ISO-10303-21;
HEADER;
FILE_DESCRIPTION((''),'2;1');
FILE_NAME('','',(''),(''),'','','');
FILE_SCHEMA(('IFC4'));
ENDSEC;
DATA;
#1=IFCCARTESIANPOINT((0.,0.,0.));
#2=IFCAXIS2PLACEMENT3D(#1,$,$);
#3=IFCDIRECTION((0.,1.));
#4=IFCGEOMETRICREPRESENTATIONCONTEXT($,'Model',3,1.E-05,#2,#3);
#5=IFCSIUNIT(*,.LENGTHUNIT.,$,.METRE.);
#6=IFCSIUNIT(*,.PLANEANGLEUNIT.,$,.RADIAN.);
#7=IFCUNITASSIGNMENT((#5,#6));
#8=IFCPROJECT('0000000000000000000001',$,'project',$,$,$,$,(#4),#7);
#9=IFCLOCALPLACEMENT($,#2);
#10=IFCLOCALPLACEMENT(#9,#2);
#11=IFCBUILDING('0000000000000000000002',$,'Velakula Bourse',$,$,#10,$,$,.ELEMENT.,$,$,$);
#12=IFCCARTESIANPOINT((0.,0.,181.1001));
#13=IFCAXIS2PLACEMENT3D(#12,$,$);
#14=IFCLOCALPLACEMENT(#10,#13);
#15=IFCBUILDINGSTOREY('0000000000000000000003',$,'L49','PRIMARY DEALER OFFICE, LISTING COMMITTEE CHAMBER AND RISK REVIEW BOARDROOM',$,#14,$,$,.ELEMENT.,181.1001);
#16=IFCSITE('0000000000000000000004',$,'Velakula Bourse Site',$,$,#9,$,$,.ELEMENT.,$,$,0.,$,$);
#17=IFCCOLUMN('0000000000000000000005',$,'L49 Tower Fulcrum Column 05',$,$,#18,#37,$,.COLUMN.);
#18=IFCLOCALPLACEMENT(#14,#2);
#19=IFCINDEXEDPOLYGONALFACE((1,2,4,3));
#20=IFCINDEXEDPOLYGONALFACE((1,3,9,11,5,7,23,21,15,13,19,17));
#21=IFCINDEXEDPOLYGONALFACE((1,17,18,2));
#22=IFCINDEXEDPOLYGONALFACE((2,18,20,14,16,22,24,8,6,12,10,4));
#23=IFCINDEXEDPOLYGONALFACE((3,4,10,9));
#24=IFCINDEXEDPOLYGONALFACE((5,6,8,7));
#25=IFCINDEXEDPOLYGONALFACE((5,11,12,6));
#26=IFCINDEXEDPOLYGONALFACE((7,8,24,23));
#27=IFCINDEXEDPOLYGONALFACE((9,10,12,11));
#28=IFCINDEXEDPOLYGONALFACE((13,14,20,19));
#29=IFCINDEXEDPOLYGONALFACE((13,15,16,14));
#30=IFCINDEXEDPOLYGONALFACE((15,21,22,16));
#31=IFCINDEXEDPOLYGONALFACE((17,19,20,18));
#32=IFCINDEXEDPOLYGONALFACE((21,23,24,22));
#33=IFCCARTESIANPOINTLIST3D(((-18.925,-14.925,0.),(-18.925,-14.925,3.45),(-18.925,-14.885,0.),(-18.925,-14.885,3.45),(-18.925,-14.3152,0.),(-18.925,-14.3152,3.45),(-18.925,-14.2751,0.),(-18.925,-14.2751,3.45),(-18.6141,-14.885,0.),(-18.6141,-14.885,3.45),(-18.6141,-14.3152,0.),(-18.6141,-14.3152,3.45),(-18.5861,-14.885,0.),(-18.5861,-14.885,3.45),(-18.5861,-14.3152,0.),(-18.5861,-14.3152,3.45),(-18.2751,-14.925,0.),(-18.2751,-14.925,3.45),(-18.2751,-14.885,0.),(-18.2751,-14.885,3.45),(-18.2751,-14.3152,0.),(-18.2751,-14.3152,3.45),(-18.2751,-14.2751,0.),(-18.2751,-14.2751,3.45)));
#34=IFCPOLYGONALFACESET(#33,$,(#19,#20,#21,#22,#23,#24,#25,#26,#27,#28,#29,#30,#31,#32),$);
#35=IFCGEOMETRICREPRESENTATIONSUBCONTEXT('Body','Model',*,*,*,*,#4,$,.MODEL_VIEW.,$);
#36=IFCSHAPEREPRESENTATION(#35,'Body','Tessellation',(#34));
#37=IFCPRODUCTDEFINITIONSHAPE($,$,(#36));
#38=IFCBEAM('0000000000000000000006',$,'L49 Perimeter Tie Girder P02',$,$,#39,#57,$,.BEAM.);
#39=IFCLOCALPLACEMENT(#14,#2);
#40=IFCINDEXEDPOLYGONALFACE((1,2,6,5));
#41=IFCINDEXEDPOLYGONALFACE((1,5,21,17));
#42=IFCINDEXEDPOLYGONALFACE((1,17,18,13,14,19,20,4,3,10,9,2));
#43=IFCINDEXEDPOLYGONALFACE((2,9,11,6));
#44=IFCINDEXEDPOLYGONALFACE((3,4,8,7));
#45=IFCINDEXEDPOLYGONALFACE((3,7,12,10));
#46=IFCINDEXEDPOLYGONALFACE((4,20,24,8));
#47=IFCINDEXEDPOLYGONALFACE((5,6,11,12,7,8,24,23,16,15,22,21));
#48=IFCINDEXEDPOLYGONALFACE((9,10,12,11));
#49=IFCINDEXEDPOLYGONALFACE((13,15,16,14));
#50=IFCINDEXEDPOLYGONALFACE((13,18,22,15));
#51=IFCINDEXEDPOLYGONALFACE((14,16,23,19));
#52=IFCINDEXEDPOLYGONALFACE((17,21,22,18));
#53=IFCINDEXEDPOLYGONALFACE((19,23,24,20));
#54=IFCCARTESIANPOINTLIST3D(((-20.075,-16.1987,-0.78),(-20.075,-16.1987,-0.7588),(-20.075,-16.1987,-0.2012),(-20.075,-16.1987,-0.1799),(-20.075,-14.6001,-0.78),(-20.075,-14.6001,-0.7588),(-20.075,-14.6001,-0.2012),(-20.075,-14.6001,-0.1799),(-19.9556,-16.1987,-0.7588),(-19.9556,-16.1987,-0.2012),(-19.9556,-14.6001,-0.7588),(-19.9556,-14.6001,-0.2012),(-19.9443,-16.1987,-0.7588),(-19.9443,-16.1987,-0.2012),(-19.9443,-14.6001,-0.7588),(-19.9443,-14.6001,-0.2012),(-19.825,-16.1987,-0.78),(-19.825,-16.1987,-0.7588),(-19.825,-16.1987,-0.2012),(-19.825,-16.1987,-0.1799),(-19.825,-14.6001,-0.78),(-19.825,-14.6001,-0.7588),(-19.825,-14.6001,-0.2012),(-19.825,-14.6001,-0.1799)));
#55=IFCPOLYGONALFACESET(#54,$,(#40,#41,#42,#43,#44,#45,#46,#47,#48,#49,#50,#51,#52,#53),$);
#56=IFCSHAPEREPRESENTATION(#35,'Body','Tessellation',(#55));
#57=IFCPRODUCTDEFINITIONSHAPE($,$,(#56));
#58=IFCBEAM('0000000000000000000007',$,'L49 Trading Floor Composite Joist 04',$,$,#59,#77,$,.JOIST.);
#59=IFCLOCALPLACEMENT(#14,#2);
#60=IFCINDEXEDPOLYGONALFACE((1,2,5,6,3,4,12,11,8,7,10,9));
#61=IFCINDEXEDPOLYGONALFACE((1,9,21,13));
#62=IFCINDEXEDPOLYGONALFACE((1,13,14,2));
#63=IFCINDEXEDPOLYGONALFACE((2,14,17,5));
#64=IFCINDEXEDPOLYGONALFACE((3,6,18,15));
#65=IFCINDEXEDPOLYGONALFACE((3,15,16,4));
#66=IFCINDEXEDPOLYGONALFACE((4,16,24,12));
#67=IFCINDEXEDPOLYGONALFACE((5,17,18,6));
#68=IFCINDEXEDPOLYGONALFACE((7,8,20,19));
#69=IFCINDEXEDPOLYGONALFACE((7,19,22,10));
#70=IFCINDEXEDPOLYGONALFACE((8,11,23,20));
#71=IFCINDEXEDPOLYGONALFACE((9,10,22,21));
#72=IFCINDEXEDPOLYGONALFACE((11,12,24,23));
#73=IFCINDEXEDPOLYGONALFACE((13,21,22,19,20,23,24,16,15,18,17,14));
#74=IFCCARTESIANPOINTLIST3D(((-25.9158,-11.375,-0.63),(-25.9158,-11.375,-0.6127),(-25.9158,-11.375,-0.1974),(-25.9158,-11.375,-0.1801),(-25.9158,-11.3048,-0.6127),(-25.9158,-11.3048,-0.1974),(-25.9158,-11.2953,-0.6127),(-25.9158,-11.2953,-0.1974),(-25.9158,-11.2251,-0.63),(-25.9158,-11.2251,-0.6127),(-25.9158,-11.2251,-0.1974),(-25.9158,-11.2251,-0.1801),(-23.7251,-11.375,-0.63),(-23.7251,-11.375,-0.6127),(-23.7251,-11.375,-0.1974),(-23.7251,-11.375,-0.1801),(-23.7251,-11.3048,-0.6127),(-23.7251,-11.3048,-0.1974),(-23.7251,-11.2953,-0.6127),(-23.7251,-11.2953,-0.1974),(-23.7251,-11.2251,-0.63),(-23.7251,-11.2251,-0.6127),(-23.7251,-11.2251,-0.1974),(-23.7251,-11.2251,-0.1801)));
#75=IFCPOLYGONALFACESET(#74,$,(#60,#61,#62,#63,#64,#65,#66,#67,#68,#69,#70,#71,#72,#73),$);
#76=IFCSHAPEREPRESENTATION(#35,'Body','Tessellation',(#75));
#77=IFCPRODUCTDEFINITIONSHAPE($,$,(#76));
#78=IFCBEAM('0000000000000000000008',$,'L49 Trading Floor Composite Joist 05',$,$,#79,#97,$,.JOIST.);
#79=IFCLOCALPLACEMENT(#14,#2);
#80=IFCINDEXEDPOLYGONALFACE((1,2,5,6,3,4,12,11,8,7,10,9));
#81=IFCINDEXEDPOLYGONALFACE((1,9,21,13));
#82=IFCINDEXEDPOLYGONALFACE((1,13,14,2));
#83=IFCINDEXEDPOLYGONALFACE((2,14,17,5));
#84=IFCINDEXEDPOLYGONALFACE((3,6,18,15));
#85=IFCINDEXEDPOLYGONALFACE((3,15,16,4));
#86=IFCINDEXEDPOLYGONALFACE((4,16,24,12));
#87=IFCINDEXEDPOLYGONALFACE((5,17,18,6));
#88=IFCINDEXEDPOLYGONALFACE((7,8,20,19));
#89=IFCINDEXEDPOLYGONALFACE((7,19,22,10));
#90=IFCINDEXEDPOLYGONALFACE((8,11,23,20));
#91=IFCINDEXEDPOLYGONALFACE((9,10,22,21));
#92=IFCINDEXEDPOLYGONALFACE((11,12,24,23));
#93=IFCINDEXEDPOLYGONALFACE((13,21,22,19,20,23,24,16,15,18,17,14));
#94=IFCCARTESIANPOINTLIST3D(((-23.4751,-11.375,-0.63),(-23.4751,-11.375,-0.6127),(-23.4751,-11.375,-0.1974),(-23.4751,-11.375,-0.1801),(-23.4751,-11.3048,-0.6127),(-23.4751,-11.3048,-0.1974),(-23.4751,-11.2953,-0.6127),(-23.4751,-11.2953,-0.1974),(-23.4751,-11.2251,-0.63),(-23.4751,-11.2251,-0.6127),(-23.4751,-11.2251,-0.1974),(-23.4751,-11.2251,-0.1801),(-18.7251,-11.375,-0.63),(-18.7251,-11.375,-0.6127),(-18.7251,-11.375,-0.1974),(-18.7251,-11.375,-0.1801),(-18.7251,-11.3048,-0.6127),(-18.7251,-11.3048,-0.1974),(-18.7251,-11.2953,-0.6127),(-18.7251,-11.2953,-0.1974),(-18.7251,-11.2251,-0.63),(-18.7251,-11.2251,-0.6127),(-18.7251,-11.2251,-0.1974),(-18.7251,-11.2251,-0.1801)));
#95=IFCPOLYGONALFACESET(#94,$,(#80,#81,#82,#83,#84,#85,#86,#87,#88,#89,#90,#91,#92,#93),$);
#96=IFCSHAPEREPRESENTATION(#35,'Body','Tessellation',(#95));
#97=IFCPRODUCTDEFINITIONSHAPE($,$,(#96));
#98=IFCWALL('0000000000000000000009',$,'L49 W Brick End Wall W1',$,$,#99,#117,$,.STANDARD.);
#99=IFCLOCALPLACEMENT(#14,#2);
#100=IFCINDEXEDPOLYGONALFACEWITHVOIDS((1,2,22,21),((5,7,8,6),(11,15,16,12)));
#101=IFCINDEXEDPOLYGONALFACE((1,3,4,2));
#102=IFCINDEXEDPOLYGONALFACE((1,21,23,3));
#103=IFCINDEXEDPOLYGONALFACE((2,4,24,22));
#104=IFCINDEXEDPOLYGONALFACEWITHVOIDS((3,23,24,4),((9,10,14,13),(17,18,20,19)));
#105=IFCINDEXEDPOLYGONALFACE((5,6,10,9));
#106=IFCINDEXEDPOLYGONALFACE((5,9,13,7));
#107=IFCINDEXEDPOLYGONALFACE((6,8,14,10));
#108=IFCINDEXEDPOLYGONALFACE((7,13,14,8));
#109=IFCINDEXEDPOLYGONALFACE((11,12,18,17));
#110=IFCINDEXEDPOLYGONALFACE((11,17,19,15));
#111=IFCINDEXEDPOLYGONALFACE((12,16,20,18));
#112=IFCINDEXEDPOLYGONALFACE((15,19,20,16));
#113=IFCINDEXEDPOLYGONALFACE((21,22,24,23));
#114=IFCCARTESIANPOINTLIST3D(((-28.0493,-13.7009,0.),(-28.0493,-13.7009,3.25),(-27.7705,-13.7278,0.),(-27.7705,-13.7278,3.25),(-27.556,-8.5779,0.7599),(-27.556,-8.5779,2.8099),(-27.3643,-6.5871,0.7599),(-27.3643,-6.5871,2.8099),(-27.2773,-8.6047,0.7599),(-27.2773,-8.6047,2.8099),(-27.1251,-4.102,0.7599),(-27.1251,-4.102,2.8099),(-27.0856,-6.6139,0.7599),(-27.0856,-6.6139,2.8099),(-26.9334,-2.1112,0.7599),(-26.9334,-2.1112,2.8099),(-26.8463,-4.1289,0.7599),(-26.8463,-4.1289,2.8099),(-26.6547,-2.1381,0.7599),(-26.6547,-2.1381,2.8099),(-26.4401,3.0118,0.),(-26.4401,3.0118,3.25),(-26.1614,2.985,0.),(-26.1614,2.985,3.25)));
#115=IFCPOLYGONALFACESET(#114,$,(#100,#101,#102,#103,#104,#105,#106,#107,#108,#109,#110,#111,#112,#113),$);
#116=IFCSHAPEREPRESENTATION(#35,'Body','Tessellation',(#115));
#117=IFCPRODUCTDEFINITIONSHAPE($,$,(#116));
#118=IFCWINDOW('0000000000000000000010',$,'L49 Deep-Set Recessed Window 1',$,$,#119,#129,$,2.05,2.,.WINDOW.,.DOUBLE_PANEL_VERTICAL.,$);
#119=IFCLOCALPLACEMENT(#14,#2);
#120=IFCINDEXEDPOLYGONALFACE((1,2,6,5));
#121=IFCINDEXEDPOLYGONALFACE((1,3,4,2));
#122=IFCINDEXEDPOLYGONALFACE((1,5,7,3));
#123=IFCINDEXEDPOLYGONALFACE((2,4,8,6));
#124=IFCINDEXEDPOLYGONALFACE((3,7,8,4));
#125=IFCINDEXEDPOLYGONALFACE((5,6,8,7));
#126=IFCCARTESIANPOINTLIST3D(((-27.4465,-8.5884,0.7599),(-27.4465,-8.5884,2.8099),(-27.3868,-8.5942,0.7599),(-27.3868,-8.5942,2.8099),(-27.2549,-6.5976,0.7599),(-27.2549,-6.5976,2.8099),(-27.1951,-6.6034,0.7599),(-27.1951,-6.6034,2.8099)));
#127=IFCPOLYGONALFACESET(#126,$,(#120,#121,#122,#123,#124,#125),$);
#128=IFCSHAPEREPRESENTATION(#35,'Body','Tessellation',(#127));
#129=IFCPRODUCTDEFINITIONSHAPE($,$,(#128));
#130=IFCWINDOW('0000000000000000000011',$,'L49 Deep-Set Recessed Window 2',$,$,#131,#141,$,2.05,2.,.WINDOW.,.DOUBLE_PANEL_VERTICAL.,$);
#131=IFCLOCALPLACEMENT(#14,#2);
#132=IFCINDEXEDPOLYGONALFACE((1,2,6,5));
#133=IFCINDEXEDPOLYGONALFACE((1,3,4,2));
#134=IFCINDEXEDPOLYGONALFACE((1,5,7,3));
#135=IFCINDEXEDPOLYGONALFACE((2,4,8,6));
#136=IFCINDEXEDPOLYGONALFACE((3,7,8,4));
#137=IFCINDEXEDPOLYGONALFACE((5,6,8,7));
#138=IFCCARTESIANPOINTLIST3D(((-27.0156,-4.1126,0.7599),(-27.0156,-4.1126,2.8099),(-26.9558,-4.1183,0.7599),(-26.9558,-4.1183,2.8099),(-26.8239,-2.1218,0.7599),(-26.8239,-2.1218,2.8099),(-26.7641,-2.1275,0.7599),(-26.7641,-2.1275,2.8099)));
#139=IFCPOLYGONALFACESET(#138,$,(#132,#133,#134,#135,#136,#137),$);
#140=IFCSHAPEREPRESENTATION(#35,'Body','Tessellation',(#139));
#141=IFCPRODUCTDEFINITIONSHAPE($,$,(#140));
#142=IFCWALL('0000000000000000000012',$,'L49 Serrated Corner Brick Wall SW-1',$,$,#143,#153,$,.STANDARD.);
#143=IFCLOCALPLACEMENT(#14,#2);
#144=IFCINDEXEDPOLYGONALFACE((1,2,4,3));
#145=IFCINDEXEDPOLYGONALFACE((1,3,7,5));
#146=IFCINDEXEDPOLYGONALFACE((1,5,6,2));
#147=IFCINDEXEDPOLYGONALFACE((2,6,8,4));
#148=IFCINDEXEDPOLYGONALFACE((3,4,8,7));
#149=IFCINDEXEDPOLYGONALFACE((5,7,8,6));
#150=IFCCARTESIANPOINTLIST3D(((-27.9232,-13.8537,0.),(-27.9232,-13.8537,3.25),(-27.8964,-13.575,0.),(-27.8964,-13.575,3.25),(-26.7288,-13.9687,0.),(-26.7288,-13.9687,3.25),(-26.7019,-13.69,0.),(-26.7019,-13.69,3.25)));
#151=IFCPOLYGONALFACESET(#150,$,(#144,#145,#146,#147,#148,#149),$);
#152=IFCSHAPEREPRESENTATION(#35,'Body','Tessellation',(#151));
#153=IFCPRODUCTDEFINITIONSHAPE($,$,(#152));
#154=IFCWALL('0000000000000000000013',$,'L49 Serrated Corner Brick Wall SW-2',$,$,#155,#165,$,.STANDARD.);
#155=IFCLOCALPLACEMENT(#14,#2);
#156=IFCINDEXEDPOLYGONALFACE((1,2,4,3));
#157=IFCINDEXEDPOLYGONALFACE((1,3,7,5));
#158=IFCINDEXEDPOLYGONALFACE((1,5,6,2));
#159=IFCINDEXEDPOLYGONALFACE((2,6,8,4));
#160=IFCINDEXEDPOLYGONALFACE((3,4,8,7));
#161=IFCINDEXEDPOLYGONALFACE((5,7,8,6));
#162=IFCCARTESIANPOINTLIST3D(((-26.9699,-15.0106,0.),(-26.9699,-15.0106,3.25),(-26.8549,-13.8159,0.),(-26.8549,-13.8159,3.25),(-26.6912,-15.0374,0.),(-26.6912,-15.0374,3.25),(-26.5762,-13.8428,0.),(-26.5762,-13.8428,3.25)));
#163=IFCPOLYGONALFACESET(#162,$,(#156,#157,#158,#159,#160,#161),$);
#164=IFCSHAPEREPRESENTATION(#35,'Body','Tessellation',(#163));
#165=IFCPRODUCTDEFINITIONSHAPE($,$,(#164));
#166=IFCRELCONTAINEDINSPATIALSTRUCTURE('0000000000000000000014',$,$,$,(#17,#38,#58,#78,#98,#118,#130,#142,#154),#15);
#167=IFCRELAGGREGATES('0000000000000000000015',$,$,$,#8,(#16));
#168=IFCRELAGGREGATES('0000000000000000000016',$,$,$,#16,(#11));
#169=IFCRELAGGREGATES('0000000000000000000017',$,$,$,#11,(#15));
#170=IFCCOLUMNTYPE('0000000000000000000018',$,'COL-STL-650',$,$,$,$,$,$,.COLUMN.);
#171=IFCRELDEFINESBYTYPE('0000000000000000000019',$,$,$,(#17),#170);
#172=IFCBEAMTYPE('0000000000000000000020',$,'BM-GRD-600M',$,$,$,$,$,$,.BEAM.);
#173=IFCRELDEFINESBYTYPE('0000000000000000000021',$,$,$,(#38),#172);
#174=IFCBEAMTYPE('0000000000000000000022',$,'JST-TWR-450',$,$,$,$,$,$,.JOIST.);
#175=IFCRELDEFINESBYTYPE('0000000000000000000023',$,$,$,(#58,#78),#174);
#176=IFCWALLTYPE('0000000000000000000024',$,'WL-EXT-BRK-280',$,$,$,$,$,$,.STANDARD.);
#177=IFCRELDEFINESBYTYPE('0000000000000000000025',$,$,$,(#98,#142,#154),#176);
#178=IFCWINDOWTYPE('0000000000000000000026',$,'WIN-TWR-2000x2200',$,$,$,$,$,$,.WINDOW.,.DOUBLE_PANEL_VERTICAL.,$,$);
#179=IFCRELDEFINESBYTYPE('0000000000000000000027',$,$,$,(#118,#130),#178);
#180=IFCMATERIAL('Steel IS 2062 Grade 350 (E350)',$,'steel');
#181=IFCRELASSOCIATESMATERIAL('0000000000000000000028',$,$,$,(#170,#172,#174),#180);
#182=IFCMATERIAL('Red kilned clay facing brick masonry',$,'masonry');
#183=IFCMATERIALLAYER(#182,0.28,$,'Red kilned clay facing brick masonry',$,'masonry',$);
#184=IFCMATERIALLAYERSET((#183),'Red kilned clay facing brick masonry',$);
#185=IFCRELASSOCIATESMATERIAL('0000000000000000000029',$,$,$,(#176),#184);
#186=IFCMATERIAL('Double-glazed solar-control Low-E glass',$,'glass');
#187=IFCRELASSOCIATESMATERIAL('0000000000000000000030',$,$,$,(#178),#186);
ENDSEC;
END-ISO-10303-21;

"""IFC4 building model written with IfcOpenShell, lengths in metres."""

from ifc_helpers import new_model, si_unit, direction, frame, frame_2d, origin, origin_2d, place, context, subcontext, project, spatial, rectangle, i_section, extrude, material, layer, layer_set, material_profile, profile_set, type_object, element, fill, save


model = new_model("IFC4")

# Units and contexts
model_context = context("Model", 3, precision=1e-05, world=origin(), true_north=direction((0.0, 1.0)))
body_context = subcontext(model_context, "Body", "Model", "MODEL_VIEW")
ifc_project = project(units=[si_unit("LENGTHUNIT", "METRE"), si_unit("PLANEANGLEUNIT", "RADIAN")], contexts=[model_context])

# Site, building, storey
site_placement = place(None, origin())
site = spatial("IfcSite", under=ifc_project, at=site_placement, Name="Velakula Bourse Site", CompositionType="ELEMENT", RefElevation=0.0)
building_placement = place(site_placement, origin())
building = spatial("IfcBuilding", under=site, at=building_placement, Name="Velakula Bourse", CompositionType="ELEMENT")
storey_placement = place(building_placement, frame((0.0, 0.0, 181.1001)))
storey = spatial("IfcBuildingStorey", under=building, at=storey_placement, Name="L49", Description="PRIMARY DEALER OFFICE, LISTING COMMITTEE CHAMBER AND RISK REVIEW BOARDROOM", CompositionType="ELEMENT", Elevation=181.1001)

# Column
ifc_material_1 = material(Name="Steel IS 2062 Grade 350 (E350)", Category="steel")
ifc_material_profile_1 = material_profile(ifc_material_1, i_section(OverallWidth=0.6499, OverallDepth=0.6499, WebThickness=0.0281, FlangeThickness=0.04, at=origin_2d()), Name="Steel IS 2062 Grade 350 (E350)")
ifc_profile_set_1 = profile_set([ifc_material_profile_1], Name="Steel IS 2062 Grade 350 (E350)")
column_type = type_object("IfcColumnType", Name="COL-STL-650", PredefinedType="COLUMN", material=ifc_profile_set_1)
column_placement = place(storey_placement, frame((-18.6001, -14.6001, 0.0), z_axis=(0.0, 0.0, 1.0), x_axis=(1.0, 0.0, 0.0)))
element("IfcColumn", 1, at=column_placement, inside=storey, type_object=column_type, Name="L49 Tower Fulcrum Column 05", PredefinedType="COLUMN", context=body_context, shape_type="SweptSolid", body=[
    extrude(i_section(OverallWidth=0.6499, OverallDepth=0.6499, WebThickness=0.0281, FlangeThickness=0.04, at=origin_2d()), origin(), (0.0, 0.0, 1.0), 3.45),
])

# Beams
ifc_material_profile_2 = material_profile(ifc_material_1, i_section(OverallWidth=0.25, OverallDepth=0.6001, WebThickness=0.0112, FlangeThickness=0.0212, at=origin_2d()), Name="Steel IS 2062 Grade 350 (E350)")
ifc_profile_set_2 = profile_set([ifc_material_profile_2], Name="Steel IS 2062 Grade 350 (E350)")
beam_type_1 = type_object("IfcBeamType", Name="BM-GRD-600M", PredefinedType="BEAM", material=ifc_profile_set_2)
beam_1_placement = place(storey_placement, frame((-19.95, -14.6001, -0.48), z_axis=(0.0, -1.0, 0.0), x_axis=(1.0, 0.0, 0.0)))
element("IfcBeam", 2, at=beam_1_placement, inside=storey, type_object=beam_type_1, Name="L49 Perimeter Tie Girder P02", PredefinedType="BEAM", context=body_context, shape_type="SweptSolid", body=[
    extrude(i_section(OverallWidth=0.25, OverallDepth=0.6001, WebThickness=0.0112, FlangeThickness=0.0212, at=origin_2d()), origin(), (0.0, 0.0, 1.0), 1.5986),
])
ifc_material_profile_3 = material_profile(ifc_material_1, i_section(OverallWidth=0.1499, OverallDepth=0.45, WebThickness=0.0095, FlangeThickness=0.0173, at=origin_2d()), Name="Steel IS 2062 Grade 350 (E350)")
ifc_profile_set_3 = profile_set([ifc_material_profile_3], Name="Steel IS 2062 Grade 350 (E350)")
beam_type_2 = type_object("IfcBeamType", Name="JST-TWR-450", PredefinedType="JOIST", material=ifc_profile_set_3)
beam_2_placement = place(storey_placement, frame((-25.9158, -11.3, -0.405), z_axis=(1.0, 0.0, 0.0), x_axis=(0.0, 1.0, 0.0)))
element("IfcBeam", 3, at=beam_2_placement, inside=storey, type_object=beam_type_2, Name="L49 Trading Floor Composite Joist 04", PredefinedType="JOIST", context=body_context, shape_type="SweptSolid", body=[
    extrude(i_section(OverallWidth=0.1499, OverallDepth=0.45, WebThickness=0.0095, FlangeThickness=0.0173, at=origin_2d()), origin(), (0.0, 0.0, 1.0), 2.1907),
])
beam_3_placement = place(storey_placement, frame((-23.4751, -11.3, -0.405), z_axis=(1.0, 0.0, 0.0), x_axis=(0.0, 1.0, 0.0)))
element("IfcBeam", 4, at=beam_3_placement, inside=storey, type_object=beam_type_2, Name="L49 Trading Floor Composite Joist 05", PredefinedType="JOIST", context=body_context, shape_type="SweptSolid", body=[
    extrude(i_section(OverallWidth=0.1499, OverallDepth=0.45, WebThickness=0.0095, FlangeThickness=0.0173, at=origin_2d()), origin(), (0.0, 0.0, 1.0), 4.75),
])

# Wall, openings, windows
ifc_material_2 = material(Name="Red kilned clay facing brick masonry", Category="masonry")
ifc_layer_1 = layer(ifc_material_2, 0.28, Name="Red kilned clay facing brick masonry", Category="masonry")
ifc_layer_set_1 = layer_set([ifc_layer_1], Name="Red kilned clay facing brick masonry")
wall_type_1 = type_object("IfcWallType", Name="WL-EXT-BRK-280", PredefinedType="STANDARD", material=ifc_layer_set_1)
wall_1_placement = place(storey_placement, frame((-27.9099, -13.7144, 0.0), z_axis=(0.0, 0.0, 1.0), x_axis=(0.095839, 0.995397, 0.0)))
wall_1 = element("IfcWall", 5, at=wall_1_placement, inside=storey, type_object=wall_type_1, Name="L49 W Brick End Wall W1", PredefinedType="STANDARD", context=body_context, shape_type="SweptSolid", body=[
    extrude(rectangle(XDim=16.79, YDim=0.28, at=frame_2d((8.395, 0.0))), origin(), (0.0, 0.0, 1.0), 3.25),
])
opening_1_placement = place(wall_1_placement, frame((5.1467, 0.0, 0.76)))
opening_1 = element("IfcOpeningElement", 6, at=opening_1_placement, cuts=wall_1, PredefinedType="OPENING", context=body_context, shape_type="SweptSolid", body=[
    extrude(rectangle(XDim=2.0, YDim=2.05, at=frame_2d((1.0, 1.0249))), frame((0.0, 0.1499, 0.0), z_axis=(0.0, -1.0, 0.0), x_axis=(1.0, 0.0, 0.0)), (0.0, 0.0, 1.0), 0.3),
])
opening_2_placement = place(wall_1_placement, frame((9.6433, 0.0, 0.76)))
opening_2 = element("IfcOpeningElement", 7, at=opening_2_placement, cuts=wall_1, PredefinedType="OPENING", context=body_context, shape_type="SweptSolid", body=[
    extrude(rectangle(XDim=2.0, YDim=2.05, at=frame_2d((1.0, 1.0249))), frame((0.0, 0.1499, 0.0), z_axis=(0.0, -1.0, 0.0), x_axis=(1.0, 0.0, 0.0)), (0.0, 0.0, 1.0), 0.3),
])
ifc_material_3 = material(Name="Double-glazed solar-control Low-E glass", Category="glass")
window_type = type_object("IfcWindowType", Name="WIN-TWR-2000x2200", PartitioningType="DOUBLE_PANEL_VERTICAL", PredefinedType="WINDOW", material=ifc_material_3)
window_1_placement = place(opening_1_placement, origin())
window_1 = element("IfcWindow", 8, at=window_1_placement, inside=storey, type_object=window_type, Name="L49 Deep-Set Recessed Window 1", OverallHeight=2.05, OverallWidth=2.0, PartitioningType="DOUBLE_PANEL_VERTICAL", PredefinedType="WINDOW", context=body_context, shape_type="SweptSolid", body=[
    extrude(rectangle(XDim=2.0, YDim=2.05, at=frame_2d((1.0, 1.0249))), frame((0.0, 0.03, 0.0), z_axis=(0.0, -1.0, 0.0), x_axis=(1.0, 0.0, 0.0)), (0.0, 0.0, 1.0), 0.0601),
])
fill(opening_1, window_1)
window_2_placement = place(opening_2_placement, origin())
window_2 = element("IfcWindow", 9, at=window_2_placement, inside=storey, type_object=window_type, Name="L49 Deep-Set Recessed Window 2", OverallHeight=2.05, OverallWidth=2.0, PartitioningType="DOUBLE_PANEL_VERTICAL", PredefinedType="WINDOW", context=body_context, shape_type="SweptSolid", body=[
    extrude(rectangle(XDim=2.0, YDim=2.05, at=frame_2d((1.0, 1.0249))), frame((0.0, 0.03, 0.0), z_axis=(0.0, -1.0, 0.0), x_axis=(1.0, 0.0, 0.0)), (0.0, 0.0, 1.0), 0.0601),
])
fill(opening_2, window_2)

# Walls
wall_2_placement = place(storey_placement, frame((-27.9099, -13.7144, 0.0), z_axis=(0.0, 0.0, 1.0), x_axis=(0.995397, -0.095836, 0.0)))
element("IfcWall", 10, at=wall_2_placement, inside=storey, type_object=wall_type_1, Name="L49 Serrated Corner Brick Wall SW-1", PredefinedType="STANDARD", context=body_context, shape_type="SweptSolid", body=[
    extrude(rectangle(XDim=1.2, YDim=0.28, at=frame_2d((0.6001, 0.0))), origin(), (0.0, 0.0, 1.0), 3.25),
])
wall_3_placement = place(storey_placement, frame((-26.7156, -13.8293, 0.0), z_axis=(0.0, 0.0, 1.0), x_axis=(-0.095817, -0.995399, 0.0)))
element("IfcWall", 11, at=wall_3_placement, inside=storey, type_object=wall_type_1, Name="L49 Serrated Corner Brick Wall SW-2", PredefinedType="STANDARD", context=body_context, shape_type="SweptSolid", body=[
    extrude(rectangle(XDim=1.2002, YDim=0.28, at=frame_2d((0.6001, 0.0))), origin(), (0.0, 0.0, 1.0), 3.25),
])

save(model, "model.ifc")
